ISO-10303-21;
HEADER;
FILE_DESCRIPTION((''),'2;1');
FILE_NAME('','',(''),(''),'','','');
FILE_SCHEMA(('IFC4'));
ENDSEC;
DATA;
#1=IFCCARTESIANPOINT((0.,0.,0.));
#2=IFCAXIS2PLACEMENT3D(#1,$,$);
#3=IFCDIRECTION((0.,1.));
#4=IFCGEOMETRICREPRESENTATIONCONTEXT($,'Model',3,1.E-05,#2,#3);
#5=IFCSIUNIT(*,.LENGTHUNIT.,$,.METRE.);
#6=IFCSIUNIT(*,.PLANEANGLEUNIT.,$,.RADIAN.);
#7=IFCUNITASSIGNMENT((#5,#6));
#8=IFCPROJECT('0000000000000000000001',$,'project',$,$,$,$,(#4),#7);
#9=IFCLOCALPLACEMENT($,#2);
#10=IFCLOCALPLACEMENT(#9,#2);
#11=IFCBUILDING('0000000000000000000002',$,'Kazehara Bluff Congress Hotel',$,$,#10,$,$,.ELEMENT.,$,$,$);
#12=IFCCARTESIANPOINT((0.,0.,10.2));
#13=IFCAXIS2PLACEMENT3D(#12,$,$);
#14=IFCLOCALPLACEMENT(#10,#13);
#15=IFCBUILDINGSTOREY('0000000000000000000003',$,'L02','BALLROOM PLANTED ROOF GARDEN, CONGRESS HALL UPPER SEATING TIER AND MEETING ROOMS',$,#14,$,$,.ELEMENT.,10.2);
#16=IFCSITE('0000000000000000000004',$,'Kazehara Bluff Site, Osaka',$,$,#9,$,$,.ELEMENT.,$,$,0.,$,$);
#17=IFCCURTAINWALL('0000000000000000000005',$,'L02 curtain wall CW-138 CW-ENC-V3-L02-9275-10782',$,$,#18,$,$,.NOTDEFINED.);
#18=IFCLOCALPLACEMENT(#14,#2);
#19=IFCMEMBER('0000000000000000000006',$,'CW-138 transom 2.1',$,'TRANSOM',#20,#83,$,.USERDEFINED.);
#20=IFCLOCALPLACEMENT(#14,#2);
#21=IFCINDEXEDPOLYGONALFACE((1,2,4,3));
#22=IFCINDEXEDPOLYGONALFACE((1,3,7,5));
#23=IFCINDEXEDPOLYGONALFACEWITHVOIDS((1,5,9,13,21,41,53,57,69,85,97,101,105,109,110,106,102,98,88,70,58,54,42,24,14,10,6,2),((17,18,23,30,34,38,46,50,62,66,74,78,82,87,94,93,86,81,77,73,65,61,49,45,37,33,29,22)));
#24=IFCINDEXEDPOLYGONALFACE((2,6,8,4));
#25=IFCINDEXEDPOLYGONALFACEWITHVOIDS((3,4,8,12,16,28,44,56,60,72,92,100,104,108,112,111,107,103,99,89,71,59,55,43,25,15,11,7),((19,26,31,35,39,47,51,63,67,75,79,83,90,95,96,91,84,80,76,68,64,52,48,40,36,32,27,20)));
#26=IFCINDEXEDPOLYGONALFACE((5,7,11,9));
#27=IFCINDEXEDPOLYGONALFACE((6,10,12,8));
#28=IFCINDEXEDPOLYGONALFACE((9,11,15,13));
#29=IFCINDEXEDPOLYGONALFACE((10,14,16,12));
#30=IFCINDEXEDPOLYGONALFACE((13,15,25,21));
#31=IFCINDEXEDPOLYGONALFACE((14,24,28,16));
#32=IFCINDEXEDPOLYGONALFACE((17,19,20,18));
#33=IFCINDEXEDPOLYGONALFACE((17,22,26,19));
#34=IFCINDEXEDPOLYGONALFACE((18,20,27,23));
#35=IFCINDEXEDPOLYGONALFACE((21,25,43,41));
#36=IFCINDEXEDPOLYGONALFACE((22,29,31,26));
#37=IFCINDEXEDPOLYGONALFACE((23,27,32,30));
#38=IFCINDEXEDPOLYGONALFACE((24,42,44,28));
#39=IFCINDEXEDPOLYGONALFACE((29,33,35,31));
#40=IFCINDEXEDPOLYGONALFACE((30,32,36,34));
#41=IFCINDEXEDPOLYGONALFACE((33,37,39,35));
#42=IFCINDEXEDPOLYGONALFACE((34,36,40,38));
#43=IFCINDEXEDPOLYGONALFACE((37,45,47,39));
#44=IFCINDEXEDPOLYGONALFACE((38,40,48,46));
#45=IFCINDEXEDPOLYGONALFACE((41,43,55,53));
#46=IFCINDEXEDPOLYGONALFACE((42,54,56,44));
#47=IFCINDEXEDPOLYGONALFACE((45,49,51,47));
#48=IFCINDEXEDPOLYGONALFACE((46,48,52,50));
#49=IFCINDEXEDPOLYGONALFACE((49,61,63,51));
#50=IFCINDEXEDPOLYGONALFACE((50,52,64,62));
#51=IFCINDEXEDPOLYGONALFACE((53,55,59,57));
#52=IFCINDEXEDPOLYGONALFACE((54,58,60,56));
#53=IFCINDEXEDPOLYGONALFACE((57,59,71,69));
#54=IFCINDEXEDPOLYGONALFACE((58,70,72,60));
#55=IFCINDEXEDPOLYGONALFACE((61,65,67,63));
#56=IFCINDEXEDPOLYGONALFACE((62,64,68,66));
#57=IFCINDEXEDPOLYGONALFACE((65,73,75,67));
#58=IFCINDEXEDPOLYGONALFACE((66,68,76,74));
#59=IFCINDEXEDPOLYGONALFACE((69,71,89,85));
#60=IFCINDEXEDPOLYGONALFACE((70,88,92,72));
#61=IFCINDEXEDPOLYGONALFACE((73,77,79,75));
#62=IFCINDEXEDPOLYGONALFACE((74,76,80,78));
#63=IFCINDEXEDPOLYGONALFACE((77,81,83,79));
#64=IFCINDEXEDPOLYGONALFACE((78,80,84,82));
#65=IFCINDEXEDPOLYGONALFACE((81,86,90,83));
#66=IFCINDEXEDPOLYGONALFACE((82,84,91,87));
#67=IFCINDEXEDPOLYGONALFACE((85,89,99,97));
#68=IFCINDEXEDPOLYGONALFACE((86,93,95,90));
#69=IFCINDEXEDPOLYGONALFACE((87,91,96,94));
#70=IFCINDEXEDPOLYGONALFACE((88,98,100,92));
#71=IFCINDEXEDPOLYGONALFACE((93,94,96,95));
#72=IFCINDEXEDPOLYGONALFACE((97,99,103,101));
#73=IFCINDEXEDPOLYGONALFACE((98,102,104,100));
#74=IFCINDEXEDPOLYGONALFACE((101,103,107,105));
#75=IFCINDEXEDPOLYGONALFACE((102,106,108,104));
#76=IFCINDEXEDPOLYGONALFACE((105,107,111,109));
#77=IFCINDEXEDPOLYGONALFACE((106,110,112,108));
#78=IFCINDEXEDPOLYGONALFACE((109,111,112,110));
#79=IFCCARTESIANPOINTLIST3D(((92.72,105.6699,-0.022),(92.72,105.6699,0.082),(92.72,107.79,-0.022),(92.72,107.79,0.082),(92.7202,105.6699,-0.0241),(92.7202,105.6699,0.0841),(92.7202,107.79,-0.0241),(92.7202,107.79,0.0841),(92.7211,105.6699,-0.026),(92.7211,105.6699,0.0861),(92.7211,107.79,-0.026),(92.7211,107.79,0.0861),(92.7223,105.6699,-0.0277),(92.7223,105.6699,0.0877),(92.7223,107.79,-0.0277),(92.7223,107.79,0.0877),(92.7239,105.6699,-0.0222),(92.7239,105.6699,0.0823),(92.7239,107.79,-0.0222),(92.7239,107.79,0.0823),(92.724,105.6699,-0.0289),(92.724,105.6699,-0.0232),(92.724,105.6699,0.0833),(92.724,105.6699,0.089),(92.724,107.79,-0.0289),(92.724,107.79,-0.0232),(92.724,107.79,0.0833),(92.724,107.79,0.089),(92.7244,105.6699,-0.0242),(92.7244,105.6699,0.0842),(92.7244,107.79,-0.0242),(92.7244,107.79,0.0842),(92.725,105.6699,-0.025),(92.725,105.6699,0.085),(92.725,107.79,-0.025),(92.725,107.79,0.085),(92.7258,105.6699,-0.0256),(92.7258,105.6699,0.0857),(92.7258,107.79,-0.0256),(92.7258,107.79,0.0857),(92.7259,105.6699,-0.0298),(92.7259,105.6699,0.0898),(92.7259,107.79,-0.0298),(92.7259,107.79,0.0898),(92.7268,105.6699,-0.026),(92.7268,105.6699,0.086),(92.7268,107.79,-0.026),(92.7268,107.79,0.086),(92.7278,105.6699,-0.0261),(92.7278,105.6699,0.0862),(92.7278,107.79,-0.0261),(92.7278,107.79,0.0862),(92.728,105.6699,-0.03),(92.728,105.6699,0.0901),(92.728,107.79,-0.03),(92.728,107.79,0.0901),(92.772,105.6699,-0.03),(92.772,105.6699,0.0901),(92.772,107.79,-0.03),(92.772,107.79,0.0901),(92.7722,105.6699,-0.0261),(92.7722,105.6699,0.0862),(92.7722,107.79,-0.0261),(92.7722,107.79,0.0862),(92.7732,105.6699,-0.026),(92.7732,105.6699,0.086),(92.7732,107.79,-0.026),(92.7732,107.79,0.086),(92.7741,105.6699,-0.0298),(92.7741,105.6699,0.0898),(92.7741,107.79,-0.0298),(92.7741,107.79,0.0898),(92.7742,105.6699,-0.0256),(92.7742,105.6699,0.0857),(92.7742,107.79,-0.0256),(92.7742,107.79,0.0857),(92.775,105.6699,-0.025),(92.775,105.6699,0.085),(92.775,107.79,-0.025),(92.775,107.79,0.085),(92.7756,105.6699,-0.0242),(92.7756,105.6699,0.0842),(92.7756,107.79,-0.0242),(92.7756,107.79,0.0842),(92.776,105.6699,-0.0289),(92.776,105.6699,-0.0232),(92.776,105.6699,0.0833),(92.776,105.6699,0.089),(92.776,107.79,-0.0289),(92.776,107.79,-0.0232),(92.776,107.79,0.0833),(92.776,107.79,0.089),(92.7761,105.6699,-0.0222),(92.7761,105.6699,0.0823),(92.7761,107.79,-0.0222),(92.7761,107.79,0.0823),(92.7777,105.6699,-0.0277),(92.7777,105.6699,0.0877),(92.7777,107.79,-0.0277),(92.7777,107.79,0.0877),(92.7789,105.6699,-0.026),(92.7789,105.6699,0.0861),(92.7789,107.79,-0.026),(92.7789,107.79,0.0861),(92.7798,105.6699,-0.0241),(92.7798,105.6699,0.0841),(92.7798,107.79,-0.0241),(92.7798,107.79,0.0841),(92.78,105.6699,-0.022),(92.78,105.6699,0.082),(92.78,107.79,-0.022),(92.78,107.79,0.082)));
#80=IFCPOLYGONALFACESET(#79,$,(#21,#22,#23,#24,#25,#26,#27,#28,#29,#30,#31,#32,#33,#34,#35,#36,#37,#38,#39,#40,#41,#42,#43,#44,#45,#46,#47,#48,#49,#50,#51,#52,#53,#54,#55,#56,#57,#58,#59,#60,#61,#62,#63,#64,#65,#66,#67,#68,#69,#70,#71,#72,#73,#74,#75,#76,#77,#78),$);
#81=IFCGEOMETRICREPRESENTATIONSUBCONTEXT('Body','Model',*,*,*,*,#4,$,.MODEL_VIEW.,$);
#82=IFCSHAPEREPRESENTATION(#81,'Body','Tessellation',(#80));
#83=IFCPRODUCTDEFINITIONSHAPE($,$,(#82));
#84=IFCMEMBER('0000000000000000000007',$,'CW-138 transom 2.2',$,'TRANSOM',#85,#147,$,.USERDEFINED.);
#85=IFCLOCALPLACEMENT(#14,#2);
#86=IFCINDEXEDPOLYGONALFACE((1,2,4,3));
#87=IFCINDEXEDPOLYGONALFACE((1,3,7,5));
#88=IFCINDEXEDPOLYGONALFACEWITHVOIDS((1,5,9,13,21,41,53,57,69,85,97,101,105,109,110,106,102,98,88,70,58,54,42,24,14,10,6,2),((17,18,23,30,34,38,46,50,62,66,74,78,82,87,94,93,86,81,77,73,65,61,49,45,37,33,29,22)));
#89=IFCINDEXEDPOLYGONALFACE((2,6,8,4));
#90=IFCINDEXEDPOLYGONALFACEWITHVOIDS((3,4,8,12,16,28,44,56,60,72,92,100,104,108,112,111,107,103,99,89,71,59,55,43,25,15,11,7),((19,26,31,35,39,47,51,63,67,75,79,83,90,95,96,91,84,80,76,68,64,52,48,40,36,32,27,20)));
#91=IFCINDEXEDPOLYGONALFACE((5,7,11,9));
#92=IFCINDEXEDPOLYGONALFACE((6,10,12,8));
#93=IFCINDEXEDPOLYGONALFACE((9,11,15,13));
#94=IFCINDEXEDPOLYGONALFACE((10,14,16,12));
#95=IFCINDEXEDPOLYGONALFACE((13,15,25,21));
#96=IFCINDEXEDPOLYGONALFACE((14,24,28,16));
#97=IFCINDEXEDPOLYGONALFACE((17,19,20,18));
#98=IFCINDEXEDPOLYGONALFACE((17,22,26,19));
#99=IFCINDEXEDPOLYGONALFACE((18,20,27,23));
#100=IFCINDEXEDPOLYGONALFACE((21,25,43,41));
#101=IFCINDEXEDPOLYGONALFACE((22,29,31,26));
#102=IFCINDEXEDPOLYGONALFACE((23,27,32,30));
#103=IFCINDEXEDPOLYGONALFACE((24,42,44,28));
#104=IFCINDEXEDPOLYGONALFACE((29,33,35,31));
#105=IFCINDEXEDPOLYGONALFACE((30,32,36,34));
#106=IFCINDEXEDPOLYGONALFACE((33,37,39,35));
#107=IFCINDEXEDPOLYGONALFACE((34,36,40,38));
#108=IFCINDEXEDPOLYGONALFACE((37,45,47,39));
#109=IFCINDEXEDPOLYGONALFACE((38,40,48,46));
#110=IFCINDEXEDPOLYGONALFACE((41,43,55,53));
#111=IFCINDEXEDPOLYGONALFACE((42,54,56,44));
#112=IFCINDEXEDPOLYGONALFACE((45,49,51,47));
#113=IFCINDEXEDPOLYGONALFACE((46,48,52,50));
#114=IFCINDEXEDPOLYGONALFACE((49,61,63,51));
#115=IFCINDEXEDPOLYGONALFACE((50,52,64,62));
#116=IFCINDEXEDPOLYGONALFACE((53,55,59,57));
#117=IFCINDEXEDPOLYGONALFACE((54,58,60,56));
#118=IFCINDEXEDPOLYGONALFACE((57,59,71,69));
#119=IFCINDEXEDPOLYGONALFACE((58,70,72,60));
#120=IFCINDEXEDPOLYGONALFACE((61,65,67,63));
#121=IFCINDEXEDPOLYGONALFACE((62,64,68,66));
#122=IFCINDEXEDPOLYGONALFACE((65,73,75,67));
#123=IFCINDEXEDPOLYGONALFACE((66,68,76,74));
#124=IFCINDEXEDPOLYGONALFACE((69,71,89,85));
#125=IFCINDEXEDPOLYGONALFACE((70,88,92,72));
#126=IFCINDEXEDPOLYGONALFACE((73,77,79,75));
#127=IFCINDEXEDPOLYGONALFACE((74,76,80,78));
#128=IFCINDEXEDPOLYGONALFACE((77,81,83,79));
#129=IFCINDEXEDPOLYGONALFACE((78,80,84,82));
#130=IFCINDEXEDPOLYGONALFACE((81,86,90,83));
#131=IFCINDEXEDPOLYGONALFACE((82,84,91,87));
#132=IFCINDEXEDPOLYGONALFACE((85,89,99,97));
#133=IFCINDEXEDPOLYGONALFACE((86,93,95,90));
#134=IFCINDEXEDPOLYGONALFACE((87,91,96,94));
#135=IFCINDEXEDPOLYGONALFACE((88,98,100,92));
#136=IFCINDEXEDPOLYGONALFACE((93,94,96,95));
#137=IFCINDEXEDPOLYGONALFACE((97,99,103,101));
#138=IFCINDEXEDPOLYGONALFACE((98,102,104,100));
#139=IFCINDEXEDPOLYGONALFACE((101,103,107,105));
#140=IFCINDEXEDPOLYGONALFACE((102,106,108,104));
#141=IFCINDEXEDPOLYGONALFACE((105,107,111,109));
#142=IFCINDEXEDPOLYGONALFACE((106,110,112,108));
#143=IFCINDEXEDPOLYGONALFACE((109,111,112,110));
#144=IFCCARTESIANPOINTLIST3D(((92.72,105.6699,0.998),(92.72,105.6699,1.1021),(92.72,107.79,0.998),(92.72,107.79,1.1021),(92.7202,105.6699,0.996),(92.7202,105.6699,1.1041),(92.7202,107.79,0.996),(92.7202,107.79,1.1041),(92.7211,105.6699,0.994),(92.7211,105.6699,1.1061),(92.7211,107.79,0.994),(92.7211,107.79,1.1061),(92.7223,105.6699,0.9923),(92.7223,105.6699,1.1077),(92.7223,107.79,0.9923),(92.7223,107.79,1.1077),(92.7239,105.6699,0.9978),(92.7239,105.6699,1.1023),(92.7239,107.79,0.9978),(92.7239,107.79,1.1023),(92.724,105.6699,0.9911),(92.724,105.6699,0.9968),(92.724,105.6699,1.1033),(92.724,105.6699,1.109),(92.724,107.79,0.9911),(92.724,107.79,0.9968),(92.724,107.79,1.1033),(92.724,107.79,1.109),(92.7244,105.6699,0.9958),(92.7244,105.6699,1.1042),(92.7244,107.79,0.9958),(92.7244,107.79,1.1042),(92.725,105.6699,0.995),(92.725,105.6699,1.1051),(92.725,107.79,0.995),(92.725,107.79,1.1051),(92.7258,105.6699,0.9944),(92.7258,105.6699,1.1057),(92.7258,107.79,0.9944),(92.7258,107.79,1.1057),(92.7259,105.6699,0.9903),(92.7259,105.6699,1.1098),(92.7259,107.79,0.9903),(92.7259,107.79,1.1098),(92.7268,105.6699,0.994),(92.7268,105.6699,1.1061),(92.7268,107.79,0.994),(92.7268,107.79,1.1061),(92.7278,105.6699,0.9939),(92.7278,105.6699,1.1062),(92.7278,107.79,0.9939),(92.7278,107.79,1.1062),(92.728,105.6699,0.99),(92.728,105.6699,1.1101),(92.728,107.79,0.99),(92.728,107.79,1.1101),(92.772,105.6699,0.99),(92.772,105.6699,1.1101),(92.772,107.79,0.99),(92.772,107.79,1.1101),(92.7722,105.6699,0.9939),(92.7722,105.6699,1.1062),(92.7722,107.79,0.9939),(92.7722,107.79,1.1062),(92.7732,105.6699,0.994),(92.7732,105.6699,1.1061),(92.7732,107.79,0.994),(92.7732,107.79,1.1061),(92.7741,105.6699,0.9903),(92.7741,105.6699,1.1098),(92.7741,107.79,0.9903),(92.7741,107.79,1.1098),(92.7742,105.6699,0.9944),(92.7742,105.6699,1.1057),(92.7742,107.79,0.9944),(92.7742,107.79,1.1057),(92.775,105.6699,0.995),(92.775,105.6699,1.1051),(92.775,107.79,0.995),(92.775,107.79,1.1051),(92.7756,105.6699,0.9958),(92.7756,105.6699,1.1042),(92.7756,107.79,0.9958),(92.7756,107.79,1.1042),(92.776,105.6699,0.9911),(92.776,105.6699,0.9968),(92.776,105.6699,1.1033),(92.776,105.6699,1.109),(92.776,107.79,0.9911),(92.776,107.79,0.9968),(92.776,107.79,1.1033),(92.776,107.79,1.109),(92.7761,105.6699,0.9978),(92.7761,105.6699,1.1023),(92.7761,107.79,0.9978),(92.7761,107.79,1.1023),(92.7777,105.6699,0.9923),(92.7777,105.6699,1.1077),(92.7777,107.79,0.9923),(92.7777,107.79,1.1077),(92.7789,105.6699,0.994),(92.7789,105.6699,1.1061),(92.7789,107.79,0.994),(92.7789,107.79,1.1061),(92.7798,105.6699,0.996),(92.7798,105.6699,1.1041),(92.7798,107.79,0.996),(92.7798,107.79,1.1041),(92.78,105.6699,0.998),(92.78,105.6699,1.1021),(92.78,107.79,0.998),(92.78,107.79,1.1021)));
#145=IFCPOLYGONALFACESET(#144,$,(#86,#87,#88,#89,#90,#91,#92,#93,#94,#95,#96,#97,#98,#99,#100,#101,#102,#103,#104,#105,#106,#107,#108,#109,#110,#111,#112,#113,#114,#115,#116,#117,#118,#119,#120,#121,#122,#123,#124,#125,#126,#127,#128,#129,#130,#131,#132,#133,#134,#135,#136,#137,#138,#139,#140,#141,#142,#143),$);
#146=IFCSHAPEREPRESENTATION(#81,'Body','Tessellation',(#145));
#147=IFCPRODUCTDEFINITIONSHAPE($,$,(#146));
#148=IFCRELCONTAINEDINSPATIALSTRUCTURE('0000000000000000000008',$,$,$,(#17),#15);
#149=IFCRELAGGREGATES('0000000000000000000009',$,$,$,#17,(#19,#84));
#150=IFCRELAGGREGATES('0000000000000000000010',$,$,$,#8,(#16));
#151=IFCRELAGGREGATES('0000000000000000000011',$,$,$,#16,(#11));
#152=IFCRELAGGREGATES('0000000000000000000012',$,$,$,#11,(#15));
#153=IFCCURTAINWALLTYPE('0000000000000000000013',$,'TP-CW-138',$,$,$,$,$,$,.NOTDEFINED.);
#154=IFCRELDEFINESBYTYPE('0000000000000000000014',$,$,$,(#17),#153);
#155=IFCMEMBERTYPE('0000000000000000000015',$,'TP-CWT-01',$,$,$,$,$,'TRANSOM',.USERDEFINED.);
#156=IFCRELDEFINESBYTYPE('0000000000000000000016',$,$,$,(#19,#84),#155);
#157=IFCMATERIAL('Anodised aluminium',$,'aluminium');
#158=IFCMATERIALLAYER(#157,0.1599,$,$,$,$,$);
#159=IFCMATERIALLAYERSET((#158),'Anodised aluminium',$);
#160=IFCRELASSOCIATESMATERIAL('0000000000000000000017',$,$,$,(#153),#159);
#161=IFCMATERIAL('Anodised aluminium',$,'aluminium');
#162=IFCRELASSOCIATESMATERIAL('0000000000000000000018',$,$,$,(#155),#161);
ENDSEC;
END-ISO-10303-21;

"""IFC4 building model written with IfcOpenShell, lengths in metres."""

from ifc_helpers import new_model, si_unit, direction, frame, origin, origin_2d, place, context, subcontext, project, spatial, hollow_rectangle, extrude, material, layer, layer_set, material_profile, profile_set, type_object, element, aggregate, save


model = new_model("IFC4")

# Units and contexts
model_context = context("Model", 3, precision=1e-05, world=origin(), true_north=direction((0.0, 1.0)))
body_context = subcontext(model_context, "Body", "Model", "MODEL_VIEW")
ifc_project = project(units=[si_unit("LENGTHUNIT", "METRE"), si_unit("PLANEANGLEUNIT", "RADIAN")], contexts=[model_context])

# Site, building, storey
site_placement = place(None, origin())
site = spatial("IfcSite", under=ifc_project, at=site_placement, Name="Kazehara Bluff Site, Osaka", CompositionType="ELEMENT", RefElevation=0.0)
building_placement = place(site_placement, origin())
building = spatial("IfcBuilding", under=site, at=building_placement, Name="Kazehara Bluff Congress Hotel", CompositionType="ELEMENT")
storey_placement = place(building_placement, frame((0.0, 0.0, 10.2)))
storey = spatial("IfcBuildingStorey", under=building, at=storey_placement, Name="L02", Description="BALLROOM PLANTED ROOF GARDEN, CONGRESS HALL UPPER SEATING TIER AND MEETING ROOMS", CompositionType="ELEMENT", Elevation=10.2)

# Curtain wall, members
ifc_material_1 = material(Name="Anodised aluminium", Category="aluminium")
ifc_layer_1 = layer(ifc_material_1, 0.1599)
ifc_layer_set_1 = layer_set([ifc_layer_1], Name="Anodised aluminium")
curtain_wall_type = type_object("IfcCurtainWallType", Name="TP-CW-138", PredefinedType="NOTDEFINED", material=ifc_layer_set_1)
curtain_wall_placement = place(storey_placement, origin())
curtain_wall = element("IfcCurtainWall", 1, at=curtain_wall_placement, inside=storey, type_object=curtain_wall_type, Name="L02 curtain wall CW-138 CW-ENC-V3-L02-9275-10782", PredefinedType="NOTDEFINED")
ifc_material_2 = material(Name="Anodised aluminium", Category="aluminium")
ifc_material_profile_1 = material_profile(ifc_material_2, hollow_rectangle(XDim=0.0601, YDim=0.1201, WallThickness=0.0039, InnerFilletRadius=0.0039, OuterFilletRadius=0.0081, at=origin_2d()))
ifc_profile_set_1 = profile_set([ifc_material_profile_1], Name="Anodised aluminium")
member_type_1 = type_object("IfcMemberType", Name="TP-CWT-01", ElementType="TRANSOM", PredefinedType="USERDEFINED", material=ifc_profile_set_1)
member_1_placement = place(storey_placement, frame((92.75, 107.79, 0.03), z_axis=(0.0, -1.0, 0.0), x_axis=(1.0, 0.0, 0.0)))
member_1 = element("IfcMember", 2, at=member_1_placement, type_object=member_type_1, Name="CW-138 transom 2.1", ObjectType="TRANSOM", PredefinedType="USERDEFINED", context=body_context, shape_type="SweptSolid", body=[
    extrude(hollow_rectangle(XDim=0.0601, YDim=0.1201, WallThickness=0.0039, InnerFilletRadius=0.0039, OuterFilletRadius=0.0081, at=origin_2d()), origin(), (0.0, 0.0, 1.0), 2.1201),
])
member_2_placement = place(storey_placement, frame((92.75, 107.79, 1.05), z_axis=(0.0, -1.0, 0.0), x_axis=(1.0, 0.0, 0.0)))
member_2 = element("IfcMember", 3, at=member_2_placement, type_object=member_type_1, Name="CW-138 transom 2.2", ObjectType="TRANSOM", PredefinedType="USERDEFINED", context=body_context, shape_type="SweptSolid", body=[
    extrude(hollow_rectangle(XDim=0.0601, YDim=0.1201, WallThickness=0.0039, InnerFilletRadius=0.0039, OuterFilletRadius=0.0081, at=origin_2d()), origin(), (0.0, 0.0, 1.0), 2.1201),
])
aggregate(curtain_wall, [member_1, member_2])

save(model, "model.ifc")
